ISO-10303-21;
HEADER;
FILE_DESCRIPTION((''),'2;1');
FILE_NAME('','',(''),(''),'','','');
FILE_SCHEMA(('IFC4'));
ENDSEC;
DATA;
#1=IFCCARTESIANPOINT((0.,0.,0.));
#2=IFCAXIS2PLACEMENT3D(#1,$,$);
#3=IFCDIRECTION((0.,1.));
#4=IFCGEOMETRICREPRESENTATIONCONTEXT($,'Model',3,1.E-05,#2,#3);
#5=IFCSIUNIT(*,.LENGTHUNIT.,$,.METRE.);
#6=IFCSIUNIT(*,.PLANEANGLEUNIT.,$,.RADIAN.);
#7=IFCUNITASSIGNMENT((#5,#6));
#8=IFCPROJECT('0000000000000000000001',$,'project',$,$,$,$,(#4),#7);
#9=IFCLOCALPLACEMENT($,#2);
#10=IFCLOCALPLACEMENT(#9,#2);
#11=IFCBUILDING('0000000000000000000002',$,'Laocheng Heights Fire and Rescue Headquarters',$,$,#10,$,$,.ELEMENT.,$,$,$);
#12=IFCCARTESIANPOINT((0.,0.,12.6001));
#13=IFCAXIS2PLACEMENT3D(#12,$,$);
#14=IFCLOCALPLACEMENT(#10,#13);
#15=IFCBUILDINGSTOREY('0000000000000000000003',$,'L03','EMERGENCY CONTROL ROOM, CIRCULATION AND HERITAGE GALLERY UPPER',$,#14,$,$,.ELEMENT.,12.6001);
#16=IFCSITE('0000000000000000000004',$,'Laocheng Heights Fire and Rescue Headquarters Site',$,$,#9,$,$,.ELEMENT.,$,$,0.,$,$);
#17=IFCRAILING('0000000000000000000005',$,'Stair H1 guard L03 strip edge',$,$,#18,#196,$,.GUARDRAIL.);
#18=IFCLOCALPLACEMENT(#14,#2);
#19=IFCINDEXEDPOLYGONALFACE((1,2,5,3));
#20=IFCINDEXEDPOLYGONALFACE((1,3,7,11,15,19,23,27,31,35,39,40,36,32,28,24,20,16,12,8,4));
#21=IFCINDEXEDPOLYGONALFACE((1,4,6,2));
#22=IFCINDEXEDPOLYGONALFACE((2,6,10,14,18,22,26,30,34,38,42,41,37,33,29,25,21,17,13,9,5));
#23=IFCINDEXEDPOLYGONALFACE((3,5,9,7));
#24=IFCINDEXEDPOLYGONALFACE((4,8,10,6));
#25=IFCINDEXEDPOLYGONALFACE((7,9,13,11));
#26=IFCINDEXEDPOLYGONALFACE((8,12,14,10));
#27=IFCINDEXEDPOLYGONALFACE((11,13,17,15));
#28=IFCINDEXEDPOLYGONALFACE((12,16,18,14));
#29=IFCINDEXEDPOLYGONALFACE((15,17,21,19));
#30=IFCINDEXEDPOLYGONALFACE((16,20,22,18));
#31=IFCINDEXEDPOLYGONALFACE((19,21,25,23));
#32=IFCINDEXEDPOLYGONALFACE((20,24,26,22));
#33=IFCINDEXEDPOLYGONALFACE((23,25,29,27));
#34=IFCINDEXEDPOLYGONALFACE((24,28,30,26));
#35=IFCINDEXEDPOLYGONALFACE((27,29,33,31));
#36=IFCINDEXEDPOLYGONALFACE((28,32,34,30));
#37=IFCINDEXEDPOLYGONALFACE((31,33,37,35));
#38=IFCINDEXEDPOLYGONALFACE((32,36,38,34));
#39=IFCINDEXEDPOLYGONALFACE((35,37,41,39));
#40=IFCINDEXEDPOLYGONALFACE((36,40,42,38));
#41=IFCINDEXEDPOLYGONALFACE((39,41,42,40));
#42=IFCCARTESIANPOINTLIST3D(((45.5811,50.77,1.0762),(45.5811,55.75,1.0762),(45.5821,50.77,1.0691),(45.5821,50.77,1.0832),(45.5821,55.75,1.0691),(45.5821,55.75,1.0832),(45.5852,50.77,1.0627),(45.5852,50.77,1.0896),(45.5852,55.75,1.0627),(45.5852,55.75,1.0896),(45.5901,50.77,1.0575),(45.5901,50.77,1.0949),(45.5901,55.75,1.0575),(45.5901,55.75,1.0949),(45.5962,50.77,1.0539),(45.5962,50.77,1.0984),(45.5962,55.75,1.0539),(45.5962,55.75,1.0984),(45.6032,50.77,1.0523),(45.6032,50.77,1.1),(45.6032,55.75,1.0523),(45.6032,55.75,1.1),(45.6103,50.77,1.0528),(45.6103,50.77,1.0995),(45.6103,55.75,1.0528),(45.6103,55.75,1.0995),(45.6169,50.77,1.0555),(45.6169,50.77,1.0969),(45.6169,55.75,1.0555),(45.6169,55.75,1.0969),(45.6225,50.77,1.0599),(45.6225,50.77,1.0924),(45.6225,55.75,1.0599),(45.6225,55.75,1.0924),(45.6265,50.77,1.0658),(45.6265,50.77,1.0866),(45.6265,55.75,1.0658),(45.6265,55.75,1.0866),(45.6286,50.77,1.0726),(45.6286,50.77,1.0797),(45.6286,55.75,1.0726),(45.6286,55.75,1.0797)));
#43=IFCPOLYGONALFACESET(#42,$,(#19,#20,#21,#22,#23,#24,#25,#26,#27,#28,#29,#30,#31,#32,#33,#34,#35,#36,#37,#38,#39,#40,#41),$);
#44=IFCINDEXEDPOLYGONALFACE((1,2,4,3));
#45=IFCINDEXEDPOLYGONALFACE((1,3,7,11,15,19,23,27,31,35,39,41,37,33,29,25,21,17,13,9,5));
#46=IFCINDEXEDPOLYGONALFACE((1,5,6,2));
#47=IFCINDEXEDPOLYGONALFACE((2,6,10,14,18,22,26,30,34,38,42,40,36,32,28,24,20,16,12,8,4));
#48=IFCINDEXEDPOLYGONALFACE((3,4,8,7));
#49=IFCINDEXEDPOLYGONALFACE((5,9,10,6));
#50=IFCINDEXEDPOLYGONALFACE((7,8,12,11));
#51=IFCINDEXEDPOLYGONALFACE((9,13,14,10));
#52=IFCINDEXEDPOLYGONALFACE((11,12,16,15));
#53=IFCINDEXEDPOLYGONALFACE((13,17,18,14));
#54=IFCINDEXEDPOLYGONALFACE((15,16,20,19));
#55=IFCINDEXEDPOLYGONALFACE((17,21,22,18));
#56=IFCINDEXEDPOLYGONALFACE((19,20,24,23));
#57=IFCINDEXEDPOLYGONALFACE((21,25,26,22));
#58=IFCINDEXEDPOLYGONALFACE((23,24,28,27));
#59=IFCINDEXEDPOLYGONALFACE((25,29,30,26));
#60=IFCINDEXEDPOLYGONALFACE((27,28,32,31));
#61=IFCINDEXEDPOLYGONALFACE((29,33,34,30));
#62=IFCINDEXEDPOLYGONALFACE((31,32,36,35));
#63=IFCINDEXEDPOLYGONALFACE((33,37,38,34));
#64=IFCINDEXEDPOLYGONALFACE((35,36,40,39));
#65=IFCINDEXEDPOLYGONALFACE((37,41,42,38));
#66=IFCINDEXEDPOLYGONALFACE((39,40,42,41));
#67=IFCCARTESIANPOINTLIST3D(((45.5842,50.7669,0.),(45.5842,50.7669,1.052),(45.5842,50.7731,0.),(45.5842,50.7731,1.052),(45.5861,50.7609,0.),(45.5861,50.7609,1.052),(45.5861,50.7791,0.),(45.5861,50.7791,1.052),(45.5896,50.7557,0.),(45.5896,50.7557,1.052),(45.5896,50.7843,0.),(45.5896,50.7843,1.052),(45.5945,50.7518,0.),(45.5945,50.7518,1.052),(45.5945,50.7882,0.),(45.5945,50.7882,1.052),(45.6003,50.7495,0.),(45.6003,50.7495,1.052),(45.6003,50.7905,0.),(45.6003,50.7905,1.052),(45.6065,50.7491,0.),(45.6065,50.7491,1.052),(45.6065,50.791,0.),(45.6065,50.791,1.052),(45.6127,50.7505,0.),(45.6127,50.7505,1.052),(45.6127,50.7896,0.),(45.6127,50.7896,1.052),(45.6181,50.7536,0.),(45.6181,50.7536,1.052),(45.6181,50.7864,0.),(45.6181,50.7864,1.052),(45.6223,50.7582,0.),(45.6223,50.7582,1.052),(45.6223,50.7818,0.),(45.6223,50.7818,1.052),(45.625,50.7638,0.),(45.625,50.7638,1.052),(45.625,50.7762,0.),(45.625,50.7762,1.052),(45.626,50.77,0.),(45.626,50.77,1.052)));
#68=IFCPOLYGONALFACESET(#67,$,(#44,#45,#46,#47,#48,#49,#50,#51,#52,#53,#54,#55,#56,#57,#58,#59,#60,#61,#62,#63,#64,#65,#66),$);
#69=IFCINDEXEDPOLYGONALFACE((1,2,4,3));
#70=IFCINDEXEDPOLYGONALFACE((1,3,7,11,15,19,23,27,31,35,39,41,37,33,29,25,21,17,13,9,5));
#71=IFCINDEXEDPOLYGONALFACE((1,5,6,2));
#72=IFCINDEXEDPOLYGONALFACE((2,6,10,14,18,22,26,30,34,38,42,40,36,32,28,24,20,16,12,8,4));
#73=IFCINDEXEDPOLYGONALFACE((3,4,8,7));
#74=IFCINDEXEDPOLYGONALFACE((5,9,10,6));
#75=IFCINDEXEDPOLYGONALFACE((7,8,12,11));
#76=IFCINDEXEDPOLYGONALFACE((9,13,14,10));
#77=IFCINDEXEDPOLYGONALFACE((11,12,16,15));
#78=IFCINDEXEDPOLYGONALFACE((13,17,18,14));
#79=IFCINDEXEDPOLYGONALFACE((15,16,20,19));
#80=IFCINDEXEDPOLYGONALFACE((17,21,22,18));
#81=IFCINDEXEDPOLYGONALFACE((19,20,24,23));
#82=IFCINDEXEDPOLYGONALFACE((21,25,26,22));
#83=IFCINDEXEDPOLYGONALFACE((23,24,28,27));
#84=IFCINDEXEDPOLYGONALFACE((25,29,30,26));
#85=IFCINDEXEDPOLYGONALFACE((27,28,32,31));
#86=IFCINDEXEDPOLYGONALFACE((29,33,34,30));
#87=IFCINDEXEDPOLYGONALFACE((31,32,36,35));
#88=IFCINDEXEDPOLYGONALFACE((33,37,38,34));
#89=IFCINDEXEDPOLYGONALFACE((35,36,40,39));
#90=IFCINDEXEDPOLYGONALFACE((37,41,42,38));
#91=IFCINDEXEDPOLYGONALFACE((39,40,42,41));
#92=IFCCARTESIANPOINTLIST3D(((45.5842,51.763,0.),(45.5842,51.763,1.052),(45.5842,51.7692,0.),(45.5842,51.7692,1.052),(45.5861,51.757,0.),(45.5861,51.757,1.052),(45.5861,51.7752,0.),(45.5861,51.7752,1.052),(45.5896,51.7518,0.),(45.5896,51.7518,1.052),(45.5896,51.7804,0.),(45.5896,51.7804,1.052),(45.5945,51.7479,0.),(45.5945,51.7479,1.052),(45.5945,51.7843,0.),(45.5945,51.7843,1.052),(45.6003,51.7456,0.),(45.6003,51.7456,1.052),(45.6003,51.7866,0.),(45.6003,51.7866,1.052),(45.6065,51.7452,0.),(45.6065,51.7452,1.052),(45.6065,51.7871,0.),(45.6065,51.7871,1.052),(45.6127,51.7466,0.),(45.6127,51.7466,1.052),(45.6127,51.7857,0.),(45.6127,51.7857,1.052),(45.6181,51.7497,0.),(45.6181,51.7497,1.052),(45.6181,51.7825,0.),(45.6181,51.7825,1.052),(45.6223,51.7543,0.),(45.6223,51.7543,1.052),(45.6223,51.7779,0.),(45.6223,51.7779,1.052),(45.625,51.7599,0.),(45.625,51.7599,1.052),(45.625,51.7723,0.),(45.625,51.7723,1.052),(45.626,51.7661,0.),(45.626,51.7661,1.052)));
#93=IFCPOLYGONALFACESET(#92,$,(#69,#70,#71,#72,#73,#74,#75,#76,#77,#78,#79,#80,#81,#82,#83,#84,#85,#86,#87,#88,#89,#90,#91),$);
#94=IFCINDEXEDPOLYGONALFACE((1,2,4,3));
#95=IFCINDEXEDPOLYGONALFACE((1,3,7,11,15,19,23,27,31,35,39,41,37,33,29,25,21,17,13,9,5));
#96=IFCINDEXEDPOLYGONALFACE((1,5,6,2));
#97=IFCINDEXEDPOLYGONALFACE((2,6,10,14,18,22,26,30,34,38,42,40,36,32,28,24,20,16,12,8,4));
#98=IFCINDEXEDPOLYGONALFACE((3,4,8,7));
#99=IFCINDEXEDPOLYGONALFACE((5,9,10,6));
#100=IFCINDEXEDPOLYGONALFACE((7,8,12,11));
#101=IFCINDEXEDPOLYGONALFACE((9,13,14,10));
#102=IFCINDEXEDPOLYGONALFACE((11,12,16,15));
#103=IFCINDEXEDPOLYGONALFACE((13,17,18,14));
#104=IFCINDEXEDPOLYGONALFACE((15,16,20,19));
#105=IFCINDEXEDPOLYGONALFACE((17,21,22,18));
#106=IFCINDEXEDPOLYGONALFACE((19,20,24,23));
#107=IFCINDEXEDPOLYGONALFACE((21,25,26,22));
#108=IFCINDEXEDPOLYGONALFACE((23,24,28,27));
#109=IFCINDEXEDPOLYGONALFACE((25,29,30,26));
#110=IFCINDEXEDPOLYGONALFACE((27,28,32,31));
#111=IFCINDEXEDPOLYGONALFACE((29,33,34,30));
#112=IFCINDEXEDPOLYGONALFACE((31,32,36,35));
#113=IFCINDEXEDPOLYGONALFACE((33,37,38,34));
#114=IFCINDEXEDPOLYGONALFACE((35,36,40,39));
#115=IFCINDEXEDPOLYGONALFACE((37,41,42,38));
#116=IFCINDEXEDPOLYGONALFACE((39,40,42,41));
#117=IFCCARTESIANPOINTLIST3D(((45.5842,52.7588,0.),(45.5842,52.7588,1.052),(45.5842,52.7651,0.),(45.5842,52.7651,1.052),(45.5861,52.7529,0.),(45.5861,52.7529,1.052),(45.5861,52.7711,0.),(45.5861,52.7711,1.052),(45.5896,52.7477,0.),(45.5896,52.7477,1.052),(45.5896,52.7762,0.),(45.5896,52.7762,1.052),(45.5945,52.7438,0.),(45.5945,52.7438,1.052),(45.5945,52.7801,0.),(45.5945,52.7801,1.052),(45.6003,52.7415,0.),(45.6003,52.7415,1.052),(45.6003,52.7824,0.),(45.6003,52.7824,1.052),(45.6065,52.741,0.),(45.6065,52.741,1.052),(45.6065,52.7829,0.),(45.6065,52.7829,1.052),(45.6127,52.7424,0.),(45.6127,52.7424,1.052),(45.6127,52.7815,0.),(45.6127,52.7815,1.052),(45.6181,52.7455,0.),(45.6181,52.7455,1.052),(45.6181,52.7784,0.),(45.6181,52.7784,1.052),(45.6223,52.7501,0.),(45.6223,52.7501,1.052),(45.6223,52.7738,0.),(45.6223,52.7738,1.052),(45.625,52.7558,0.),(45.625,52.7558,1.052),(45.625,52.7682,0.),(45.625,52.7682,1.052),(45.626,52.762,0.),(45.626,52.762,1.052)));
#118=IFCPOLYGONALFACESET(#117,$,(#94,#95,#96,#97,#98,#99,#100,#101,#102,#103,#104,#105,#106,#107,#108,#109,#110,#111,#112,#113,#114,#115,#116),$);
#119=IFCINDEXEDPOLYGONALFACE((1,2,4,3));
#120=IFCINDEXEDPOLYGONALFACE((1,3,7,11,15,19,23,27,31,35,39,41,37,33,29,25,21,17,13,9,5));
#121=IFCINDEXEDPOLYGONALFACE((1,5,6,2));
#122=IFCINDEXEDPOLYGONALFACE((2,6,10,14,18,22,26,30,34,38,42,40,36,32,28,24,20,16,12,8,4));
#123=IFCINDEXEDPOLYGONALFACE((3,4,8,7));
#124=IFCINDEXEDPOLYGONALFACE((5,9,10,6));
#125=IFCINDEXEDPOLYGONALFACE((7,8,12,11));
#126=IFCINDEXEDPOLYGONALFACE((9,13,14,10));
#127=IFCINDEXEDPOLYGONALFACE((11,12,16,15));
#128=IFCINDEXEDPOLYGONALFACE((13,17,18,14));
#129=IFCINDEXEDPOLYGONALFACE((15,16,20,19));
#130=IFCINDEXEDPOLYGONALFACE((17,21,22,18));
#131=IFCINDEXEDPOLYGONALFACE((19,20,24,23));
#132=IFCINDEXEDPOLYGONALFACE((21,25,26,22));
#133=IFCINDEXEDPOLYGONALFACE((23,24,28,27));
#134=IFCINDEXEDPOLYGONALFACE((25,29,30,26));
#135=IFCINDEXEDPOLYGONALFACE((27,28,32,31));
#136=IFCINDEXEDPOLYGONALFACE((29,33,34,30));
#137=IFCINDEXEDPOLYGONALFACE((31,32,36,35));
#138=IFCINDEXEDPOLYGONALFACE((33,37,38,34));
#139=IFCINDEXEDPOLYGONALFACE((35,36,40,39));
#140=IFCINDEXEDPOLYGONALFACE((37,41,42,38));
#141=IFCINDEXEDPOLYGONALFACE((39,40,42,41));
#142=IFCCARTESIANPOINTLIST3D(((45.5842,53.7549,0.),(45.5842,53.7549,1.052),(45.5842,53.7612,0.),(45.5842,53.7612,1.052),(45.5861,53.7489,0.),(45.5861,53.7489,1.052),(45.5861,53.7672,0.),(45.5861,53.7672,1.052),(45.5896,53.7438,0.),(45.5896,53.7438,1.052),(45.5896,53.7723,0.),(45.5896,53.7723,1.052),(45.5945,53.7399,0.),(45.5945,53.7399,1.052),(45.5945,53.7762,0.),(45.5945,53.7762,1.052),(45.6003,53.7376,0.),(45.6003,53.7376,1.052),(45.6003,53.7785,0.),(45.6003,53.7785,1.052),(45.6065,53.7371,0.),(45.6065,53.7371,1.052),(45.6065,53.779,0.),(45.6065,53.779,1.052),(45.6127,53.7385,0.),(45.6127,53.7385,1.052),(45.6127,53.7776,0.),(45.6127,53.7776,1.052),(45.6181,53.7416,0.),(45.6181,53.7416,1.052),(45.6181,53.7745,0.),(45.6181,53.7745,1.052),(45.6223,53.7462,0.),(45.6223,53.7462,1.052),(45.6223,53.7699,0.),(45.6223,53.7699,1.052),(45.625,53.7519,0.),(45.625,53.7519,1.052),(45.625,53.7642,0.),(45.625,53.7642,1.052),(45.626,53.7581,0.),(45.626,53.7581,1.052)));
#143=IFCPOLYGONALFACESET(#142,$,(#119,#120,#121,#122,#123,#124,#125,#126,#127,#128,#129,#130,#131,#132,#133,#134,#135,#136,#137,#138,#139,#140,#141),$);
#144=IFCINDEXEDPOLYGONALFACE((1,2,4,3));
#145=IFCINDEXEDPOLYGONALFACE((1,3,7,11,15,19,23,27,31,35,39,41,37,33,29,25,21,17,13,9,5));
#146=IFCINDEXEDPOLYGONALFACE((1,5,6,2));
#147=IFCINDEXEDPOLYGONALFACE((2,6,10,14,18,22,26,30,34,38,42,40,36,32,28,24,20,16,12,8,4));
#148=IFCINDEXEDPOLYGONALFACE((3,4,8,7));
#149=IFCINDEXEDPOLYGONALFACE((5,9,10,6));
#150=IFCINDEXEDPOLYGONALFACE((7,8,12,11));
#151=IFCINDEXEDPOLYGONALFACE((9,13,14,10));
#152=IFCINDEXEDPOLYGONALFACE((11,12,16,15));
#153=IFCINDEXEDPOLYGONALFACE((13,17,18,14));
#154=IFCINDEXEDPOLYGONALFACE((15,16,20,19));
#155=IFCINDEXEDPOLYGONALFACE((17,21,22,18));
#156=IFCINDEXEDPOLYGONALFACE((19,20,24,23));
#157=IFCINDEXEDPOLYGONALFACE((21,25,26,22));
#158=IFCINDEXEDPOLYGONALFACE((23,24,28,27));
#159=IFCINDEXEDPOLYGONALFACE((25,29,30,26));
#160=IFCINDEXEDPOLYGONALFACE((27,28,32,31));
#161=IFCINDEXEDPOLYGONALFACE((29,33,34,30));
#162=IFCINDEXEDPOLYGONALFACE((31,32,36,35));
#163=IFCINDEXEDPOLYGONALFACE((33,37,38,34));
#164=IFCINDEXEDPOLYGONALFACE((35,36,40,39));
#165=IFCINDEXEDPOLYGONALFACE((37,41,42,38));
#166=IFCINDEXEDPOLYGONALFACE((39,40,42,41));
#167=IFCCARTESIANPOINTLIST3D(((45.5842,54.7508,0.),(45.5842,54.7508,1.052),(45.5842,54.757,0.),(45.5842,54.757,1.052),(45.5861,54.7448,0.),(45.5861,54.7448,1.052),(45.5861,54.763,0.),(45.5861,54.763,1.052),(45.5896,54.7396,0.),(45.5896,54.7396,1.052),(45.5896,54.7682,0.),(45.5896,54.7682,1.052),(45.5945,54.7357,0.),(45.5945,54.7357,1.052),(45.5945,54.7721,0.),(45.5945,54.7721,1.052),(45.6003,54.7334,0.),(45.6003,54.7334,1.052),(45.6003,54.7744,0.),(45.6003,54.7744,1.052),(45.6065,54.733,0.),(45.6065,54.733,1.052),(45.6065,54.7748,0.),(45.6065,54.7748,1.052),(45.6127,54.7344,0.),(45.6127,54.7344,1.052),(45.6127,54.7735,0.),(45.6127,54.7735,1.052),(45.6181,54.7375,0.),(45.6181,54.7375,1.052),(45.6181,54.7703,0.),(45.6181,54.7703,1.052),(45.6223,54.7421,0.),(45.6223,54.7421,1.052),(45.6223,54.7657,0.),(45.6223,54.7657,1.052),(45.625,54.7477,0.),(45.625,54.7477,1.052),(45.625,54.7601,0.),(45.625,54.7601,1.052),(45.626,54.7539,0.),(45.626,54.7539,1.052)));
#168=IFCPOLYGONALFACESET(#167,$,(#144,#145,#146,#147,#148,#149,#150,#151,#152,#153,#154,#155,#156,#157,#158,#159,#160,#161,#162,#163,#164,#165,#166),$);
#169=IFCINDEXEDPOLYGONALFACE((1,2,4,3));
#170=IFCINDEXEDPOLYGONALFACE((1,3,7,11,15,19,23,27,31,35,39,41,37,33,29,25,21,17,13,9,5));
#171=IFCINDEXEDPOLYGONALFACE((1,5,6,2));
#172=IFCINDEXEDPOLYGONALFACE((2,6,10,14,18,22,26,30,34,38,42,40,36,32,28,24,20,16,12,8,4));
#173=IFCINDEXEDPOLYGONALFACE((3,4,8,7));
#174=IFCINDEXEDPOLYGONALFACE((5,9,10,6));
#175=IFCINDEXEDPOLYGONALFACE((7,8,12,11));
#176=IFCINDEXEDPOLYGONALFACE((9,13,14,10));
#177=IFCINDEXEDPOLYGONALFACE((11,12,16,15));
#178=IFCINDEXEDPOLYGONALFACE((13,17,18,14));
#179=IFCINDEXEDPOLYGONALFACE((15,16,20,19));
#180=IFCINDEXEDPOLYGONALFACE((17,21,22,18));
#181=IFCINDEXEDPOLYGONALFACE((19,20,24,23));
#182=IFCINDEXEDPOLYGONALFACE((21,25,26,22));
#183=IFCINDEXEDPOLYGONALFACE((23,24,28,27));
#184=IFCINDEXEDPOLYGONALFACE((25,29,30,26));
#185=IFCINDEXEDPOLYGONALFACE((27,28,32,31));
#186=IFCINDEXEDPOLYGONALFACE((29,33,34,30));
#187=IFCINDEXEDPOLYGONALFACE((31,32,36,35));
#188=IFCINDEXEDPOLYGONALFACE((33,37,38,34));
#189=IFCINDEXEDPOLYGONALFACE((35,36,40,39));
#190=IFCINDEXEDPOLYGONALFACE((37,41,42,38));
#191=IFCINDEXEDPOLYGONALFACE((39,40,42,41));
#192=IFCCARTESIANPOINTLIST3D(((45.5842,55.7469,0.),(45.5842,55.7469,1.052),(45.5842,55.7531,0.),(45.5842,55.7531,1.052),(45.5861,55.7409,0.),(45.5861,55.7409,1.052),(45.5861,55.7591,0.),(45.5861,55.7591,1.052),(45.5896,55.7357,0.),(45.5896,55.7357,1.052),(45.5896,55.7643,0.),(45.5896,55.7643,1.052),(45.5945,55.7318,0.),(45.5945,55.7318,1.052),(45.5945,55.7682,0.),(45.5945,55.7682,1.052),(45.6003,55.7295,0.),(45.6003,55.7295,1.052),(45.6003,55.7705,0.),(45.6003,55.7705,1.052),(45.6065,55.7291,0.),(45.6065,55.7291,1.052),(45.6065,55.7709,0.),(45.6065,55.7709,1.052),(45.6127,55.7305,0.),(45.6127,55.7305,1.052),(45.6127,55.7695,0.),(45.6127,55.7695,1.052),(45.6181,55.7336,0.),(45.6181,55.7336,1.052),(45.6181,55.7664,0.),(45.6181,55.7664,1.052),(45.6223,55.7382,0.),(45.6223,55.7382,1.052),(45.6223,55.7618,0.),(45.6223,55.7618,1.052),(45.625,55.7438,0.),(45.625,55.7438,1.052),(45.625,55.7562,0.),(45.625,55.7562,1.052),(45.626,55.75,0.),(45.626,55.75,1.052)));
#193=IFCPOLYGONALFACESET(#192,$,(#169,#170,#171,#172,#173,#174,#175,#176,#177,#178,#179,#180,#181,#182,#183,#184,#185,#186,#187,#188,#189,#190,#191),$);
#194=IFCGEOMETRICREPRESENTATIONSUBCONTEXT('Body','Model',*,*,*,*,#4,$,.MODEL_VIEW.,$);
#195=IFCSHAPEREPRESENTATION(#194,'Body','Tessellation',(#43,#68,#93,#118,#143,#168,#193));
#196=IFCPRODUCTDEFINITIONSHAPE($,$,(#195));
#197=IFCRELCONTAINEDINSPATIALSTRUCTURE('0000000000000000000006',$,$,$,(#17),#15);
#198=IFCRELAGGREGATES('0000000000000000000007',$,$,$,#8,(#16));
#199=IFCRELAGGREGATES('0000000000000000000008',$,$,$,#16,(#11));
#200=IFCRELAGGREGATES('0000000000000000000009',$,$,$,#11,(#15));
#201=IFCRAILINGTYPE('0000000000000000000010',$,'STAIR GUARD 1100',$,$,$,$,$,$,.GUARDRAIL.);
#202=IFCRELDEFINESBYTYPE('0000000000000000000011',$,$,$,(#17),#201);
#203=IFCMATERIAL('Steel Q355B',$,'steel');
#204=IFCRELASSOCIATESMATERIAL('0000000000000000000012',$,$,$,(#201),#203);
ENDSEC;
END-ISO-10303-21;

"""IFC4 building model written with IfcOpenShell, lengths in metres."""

from ifc_helpers import new_model, si_unit, direction, frame, origin, origin_2d, place, context, subcontext, project, spatial, circle, extrude, material, type_object, element, save


model = new_model("IFC4")

# Units and contexts
model_context = context("Model", 3, precision=1e-05, world=origin(), true_north=direction((0.0, 1.0)))
body_context = subcontext(model_context, "Body", "Model", "MODEL_VIEW")
ifc_project = project(units=[si_unit("LENGTHUNIT", "METRE"), si_unit("PLANEANGLEUNIT", "RADIAN")], contexts=[model_context])

# Site, building, storey
site_placement = place(None, origin())
site = spatial("IfcSite", under=ifc_project, at=site_placement, Name="Laocheng Heights Fire and Rescue Headquarters Site", CompositionType="ELEMENT", RefElevation=0.0)
building_placement = place(site_placement, origin())
building = spatial("IfcBuilding", under=site, at=building_placement, Name="Laocheng Heights Fire and Rescue Headquarters", CompositionType="ELEMENT")
storey_placement = place(building_placement, frame((0.0, 0.0, 12.6001)))
storey = spatial("IfcBuildingStorey", under=building, at=storey_placement, Name="L03", Description="EMERGENCY CONTROL ROOM, CIRCULATION AND HERITAGE GALLERY UPPER", CompositionType="ELEMENT", Elevation=12.6001)

# Railing
ifc_material_1 = material(Name="Steel Q355B", Category="steel")
railing_type_1 = type_object("IfcRailingType", Name="STAIR GUARD 1100", PredefinedType="GUARDRAIL", material=ifc_material_1)
railing_1_placement = place(storey_placement, frame((45.605, 50.77, 0.0)))
element("IfcRailing", 1, at=railing_1_placement, inside=storey, type_object=railing_type_1, Name="Stair H1 guard L03 strip edge", PredefinedType="GUARDRAIL", context=body_context, shape_type="SweptSolid", body=[
    extrude(circle(Radius=0.0239, at=origin_2d()), frame((0.0, 0.0, 1.0762), z_axis=(0.0, 1.0, 0.0), x_axis=(-1.0, 0.0, 0.0)), (0.0, 0.0, 1.0), 4.98),
    extrude(circle(Radius=0.021, at=origin_2d()), origin(), (0.0, 0.0, 1.0), 1.052),
    extrude(circle(Radius=0.021, at=origin_2d()), frame((0.0, 0.9961, 0.0)), (0.0, 0.0, 1.0), 1.052),
    extrude(circle(Radius=0.021, at=origin_2d()), frame((0.0, 1.9919, 0.0)), (0.0, 0.0, 1.0), 1.052),
    extrude(circle(Radius=0.021, at=origin_2d()), frame((0.0, 2.988, 0.0)), (0.0, 0.0, 1.0), 1.052),
    extrude(circle(Radius=0.021, at=origin_2d()), frame((0.0, 3.9839, 0.0)), (0.0, 0.0, 1.0), 1.052),
    extrude(circle(Radius=0.021, at=origin_2d()), frame((0.0, 4.98, 0.0)), (0.0, 0.0, 1.0), 1.052),
])

save(model, "model.ifc")
